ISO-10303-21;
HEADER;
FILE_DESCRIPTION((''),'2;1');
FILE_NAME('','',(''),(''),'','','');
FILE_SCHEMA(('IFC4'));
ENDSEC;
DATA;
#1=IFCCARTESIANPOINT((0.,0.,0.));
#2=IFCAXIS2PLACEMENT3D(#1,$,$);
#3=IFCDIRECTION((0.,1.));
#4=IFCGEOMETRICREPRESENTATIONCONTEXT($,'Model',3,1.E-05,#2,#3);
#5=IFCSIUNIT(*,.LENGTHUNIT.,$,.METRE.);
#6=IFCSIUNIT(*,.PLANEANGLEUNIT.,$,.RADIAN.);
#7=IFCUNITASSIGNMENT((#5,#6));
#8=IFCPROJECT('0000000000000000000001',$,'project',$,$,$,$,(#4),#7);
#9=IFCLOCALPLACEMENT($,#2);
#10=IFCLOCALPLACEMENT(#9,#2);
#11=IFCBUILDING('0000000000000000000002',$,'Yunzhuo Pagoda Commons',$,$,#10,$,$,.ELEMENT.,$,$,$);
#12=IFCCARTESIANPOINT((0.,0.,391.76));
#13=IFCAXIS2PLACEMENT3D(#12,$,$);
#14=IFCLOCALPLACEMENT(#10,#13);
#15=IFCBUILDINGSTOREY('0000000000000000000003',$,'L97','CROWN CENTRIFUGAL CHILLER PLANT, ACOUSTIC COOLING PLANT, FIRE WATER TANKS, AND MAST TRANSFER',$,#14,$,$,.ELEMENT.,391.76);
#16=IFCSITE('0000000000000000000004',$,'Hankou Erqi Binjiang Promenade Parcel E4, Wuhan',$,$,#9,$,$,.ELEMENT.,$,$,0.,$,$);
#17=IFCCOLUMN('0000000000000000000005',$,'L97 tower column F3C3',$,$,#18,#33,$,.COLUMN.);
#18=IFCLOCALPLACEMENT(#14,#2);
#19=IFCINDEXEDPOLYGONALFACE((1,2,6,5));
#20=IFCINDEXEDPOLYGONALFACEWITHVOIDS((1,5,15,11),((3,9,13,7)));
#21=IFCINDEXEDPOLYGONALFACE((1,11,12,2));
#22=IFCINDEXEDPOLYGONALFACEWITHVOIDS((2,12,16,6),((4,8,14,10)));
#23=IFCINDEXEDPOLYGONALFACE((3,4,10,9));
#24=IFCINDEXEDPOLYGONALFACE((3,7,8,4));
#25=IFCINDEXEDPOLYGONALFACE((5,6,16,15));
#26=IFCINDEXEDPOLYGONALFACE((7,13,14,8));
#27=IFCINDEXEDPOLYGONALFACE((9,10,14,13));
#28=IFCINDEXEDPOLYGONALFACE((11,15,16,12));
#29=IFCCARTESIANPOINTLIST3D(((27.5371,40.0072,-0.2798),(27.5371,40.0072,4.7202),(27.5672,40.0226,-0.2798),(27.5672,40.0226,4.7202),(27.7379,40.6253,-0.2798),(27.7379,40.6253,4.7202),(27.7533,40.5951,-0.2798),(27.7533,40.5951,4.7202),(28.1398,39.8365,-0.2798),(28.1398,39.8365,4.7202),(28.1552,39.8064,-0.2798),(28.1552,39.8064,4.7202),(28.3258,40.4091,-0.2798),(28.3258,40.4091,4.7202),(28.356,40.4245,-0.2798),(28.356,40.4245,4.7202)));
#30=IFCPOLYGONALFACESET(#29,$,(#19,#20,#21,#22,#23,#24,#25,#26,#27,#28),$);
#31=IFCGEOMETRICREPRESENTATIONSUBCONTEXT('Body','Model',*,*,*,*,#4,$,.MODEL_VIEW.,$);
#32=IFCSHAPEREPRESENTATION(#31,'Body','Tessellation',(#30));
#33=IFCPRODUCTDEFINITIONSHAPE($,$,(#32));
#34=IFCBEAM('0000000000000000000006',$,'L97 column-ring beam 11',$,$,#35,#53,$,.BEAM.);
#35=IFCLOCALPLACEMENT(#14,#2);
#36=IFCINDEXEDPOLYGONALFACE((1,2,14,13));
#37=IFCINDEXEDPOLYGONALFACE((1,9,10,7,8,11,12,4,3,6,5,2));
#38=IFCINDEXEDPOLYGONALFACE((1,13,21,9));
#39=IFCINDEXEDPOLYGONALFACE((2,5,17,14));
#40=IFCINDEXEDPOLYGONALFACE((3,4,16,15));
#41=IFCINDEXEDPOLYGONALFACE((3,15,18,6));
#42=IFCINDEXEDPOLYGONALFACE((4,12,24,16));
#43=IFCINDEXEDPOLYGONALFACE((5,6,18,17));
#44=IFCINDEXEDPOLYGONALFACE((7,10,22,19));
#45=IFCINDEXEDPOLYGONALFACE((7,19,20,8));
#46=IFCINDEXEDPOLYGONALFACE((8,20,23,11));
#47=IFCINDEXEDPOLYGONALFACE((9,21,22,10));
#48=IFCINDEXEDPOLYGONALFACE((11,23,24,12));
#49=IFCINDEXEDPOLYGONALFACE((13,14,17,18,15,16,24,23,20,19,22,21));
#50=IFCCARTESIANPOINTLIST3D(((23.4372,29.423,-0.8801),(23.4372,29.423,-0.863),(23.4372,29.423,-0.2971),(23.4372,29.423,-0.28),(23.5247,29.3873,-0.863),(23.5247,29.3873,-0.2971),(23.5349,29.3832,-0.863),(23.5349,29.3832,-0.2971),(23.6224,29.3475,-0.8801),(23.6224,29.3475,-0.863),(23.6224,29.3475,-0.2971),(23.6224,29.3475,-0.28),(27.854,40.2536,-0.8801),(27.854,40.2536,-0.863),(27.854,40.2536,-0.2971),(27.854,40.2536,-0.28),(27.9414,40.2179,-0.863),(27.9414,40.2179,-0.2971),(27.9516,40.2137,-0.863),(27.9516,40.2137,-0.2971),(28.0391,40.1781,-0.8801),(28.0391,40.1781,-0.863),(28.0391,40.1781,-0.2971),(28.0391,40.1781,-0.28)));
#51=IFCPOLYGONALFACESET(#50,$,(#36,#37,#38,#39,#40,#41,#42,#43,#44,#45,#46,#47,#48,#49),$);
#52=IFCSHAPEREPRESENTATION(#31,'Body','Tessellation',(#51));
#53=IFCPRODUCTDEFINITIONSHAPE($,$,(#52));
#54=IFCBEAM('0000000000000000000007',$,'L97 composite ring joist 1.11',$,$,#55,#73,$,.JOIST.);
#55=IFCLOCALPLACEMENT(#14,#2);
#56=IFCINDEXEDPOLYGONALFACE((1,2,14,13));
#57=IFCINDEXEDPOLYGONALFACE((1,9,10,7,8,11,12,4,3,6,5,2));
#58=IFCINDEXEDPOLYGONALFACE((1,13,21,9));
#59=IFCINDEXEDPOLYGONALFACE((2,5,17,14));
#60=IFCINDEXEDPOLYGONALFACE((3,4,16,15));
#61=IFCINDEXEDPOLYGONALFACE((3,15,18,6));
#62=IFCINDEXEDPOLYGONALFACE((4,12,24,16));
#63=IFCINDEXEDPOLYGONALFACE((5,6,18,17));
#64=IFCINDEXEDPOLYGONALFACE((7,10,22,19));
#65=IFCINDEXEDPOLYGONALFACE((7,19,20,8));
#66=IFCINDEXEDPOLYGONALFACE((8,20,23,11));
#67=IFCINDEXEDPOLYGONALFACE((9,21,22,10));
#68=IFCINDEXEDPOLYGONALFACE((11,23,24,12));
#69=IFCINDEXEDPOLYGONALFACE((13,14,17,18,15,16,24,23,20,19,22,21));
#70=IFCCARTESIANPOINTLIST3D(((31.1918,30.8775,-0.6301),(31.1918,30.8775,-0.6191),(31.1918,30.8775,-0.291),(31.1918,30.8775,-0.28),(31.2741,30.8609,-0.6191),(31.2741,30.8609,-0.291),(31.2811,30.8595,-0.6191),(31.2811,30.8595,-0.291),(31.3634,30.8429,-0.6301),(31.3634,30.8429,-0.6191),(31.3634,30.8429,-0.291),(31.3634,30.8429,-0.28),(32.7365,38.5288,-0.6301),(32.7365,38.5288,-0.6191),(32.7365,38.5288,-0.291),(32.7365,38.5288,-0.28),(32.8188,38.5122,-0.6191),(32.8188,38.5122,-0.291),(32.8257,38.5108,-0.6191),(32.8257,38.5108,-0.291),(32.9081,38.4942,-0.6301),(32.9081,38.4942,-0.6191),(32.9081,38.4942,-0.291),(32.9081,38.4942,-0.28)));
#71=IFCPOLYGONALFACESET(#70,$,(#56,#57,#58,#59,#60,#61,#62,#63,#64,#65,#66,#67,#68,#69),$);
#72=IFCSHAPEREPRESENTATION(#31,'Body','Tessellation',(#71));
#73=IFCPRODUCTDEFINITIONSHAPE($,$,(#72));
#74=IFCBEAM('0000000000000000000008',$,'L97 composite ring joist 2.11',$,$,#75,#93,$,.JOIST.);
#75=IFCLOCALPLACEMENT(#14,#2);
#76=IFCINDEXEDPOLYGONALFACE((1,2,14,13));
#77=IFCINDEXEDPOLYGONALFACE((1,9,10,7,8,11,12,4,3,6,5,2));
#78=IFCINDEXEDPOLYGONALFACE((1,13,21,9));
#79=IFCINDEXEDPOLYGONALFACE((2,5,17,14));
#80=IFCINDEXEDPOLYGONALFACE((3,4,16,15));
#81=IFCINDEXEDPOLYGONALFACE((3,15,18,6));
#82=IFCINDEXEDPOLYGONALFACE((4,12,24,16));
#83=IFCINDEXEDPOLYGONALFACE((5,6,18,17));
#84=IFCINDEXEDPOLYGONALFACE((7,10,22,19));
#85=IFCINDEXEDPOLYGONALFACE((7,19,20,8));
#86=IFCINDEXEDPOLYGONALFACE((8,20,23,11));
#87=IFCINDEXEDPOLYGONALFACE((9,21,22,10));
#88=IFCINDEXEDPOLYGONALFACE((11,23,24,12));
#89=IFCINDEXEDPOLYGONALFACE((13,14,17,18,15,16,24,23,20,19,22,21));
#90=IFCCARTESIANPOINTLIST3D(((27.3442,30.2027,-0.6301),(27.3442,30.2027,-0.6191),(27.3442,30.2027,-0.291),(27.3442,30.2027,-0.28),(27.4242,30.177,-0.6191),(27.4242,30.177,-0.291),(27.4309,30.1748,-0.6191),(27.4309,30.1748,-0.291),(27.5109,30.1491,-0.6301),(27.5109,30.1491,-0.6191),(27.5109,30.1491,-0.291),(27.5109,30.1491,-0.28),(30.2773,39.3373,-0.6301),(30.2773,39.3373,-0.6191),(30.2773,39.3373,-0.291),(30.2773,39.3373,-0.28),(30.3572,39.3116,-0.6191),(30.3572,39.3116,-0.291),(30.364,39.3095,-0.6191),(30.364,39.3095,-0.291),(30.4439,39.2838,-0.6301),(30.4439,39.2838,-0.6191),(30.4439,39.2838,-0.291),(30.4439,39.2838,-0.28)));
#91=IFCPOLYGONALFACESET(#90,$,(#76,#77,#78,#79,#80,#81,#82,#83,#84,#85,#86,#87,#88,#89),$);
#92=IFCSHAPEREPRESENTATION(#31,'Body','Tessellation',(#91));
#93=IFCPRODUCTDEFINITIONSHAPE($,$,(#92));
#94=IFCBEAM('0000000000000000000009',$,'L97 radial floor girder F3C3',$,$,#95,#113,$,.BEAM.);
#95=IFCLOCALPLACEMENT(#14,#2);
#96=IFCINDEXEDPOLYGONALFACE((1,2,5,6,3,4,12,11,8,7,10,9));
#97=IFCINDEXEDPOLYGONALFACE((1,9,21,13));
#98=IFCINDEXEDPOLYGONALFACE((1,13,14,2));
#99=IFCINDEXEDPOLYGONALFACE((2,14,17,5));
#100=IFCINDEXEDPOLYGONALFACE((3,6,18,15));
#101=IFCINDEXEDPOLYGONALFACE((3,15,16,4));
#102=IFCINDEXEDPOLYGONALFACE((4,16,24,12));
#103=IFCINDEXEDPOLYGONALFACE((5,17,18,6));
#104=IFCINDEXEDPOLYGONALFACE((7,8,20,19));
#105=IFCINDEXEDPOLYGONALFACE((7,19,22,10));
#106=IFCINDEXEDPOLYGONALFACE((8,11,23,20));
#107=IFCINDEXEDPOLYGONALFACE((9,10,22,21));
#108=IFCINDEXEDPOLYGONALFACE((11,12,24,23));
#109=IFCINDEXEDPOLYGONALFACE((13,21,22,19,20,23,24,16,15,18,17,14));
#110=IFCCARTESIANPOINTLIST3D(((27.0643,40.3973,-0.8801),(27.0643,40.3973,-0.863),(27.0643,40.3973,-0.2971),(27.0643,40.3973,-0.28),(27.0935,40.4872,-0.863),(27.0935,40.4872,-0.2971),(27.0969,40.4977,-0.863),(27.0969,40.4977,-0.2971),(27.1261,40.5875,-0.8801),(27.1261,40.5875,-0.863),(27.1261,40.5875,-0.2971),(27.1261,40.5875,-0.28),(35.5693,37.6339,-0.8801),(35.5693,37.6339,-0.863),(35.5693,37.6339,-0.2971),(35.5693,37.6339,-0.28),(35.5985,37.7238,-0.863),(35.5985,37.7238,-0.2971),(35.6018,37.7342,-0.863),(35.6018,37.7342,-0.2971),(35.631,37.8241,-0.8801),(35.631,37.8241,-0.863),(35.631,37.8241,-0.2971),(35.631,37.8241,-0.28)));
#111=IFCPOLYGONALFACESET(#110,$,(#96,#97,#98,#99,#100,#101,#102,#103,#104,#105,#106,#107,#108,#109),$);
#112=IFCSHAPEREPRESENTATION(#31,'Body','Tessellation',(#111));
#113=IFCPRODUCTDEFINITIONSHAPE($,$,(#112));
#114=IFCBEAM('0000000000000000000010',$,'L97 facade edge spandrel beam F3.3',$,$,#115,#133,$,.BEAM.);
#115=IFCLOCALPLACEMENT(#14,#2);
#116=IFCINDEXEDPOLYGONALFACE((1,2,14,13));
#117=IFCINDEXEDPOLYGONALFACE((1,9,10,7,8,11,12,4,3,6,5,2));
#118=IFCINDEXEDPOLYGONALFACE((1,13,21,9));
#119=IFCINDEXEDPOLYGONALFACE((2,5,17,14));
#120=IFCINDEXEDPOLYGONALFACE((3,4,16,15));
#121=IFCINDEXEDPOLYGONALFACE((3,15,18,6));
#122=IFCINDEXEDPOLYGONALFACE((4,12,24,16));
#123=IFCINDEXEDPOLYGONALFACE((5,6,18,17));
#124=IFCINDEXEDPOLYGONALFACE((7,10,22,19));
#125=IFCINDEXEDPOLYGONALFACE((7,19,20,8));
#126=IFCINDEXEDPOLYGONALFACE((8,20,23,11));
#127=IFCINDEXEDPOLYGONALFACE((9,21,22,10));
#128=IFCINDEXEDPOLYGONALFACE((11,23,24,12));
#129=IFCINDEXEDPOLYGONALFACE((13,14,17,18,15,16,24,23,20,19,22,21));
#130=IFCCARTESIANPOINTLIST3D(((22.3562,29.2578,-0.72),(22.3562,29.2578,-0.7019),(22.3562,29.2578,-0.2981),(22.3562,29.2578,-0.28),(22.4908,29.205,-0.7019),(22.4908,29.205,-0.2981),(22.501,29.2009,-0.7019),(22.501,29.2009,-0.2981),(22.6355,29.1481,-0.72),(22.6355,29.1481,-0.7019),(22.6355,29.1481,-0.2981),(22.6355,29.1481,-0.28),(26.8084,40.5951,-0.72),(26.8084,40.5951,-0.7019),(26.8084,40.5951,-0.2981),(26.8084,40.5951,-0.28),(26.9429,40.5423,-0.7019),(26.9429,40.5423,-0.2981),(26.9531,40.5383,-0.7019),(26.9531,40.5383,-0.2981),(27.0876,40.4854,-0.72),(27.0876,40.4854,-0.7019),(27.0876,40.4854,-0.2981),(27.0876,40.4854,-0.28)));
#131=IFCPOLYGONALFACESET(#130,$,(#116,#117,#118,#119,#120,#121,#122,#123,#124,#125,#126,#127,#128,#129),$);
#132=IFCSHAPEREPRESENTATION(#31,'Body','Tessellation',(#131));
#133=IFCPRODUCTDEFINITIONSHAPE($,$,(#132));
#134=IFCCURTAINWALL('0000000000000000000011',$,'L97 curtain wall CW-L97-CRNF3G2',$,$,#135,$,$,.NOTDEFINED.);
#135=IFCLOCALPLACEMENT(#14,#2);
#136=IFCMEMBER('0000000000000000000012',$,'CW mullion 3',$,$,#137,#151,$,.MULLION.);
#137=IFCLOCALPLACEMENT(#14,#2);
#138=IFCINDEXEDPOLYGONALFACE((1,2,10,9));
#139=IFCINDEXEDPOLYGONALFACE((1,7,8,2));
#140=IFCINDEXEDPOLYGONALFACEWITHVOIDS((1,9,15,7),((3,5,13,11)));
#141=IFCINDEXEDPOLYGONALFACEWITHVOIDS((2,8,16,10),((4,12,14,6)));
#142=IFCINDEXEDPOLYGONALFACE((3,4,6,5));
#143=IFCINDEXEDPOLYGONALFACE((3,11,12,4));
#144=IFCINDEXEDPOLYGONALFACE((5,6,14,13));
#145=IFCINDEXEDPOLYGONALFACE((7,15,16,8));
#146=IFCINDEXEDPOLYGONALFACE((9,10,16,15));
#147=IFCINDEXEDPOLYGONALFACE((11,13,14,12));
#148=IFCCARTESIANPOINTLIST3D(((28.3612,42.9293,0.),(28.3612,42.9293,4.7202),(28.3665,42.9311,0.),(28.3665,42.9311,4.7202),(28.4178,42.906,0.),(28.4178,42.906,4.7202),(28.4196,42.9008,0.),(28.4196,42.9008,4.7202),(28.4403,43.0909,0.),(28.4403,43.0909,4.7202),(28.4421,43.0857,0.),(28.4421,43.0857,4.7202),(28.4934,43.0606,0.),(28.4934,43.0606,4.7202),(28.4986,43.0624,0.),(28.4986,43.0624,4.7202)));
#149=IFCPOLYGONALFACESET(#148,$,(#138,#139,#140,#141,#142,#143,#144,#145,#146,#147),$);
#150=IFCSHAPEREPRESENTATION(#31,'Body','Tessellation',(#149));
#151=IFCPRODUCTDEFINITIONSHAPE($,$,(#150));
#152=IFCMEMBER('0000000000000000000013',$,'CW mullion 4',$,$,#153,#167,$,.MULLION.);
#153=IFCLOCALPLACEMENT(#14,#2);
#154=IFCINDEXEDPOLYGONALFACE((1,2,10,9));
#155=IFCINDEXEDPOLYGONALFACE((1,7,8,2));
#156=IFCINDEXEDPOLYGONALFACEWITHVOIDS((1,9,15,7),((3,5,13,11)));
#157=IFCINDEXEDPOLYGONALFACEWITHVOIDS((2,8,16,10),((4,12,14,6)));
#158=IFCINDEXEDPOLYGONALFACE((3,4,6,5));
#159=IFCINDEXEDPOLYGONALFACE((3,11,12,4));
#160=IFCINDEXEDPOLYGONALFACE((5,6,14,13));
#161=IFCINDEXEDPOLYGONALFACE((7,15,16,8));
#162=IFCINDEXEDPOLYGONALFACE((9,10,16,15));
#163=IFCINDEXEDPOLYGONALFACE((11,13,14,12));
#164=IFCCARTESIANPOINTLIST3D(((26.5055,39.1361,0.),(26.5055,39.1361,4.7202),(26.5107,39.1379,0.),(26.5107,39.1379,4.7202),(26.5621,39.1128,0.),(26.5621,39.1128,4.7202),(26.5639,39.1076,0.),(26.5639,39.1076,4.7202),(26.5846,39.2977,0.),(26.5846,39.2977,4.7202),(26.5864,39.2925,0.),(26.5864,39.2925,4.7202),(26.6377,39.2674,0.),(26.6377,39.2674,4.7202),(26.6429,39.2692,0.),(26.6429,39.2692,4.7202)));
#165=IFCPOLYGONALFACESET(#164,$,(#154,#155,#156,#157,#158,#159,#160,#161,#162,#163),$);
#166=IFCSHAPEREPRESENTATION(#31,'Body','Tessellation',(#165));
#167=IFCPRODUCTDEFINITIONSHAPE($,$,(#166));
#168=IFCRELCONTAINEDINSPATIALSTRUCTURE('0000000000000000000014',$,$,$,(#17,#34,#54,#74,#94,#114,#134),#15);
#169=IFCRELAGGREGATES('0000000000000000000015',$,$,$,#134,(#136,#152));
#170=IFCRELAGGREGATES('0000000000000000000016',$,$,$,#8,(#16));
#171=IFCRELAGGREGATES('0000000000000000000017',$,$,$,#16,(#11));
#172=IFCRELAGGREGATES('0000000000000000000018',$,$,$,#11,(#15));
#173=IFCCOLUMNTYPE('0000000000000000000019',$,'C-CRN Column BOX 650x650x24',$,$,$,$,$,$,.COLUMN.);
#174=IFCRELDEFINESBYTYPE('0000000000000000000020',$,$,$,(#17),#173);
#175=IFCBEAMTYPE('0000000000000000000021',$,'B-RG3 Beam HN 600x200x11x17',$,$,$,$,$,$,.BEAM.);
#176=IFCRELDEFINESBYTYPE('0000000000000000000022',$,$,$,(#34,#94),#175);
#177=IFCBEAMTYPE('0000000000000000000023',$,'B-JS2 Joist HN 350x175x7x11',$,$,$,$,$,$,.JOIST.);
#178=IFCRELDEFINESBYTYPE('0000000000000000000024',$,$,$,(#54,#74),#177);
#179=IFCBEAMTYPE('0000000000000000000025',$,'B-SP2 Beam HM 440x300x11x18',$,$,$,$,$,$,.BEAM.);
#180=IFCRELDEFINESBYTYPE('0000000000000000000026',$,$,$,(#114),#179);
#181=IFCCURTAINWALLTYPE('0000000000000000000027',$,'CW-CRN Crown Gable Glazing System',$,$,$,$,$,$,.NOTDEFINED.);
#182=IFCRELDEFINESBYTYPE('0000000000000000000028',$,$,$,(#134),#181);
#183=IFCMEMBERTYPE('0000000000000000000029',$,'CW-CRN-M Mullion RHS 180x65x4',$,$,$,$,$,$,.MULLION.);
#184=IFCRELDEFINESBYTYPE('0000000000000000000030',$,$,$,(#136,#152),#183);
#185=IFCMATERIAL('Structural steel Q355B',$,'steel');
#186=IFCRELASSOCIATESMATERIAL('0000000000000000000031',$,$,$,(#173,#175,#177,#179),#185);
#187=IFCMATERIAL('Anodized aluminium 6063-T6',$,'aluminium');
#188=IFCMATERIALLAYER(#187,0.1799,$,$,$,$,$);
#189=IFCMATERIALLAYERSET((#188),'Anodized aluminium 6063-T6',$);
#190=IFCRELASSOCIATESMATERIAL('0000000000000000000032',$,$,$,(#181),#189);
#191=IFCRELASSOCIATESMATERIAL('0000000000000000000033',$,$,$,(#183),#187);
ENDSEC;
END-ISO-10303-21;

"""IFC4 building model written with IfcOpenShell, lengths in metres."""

from ifc_helpers import new_model, si_unit, direction, frame, origin, origin_2d, place, context, subcontext, project, spatial, hollow_rectangle, i_section, extrude, source, transform, mapped, material, layer, layer_set, material_profile, profile_set, type_object, element, aggregate, save


model = new_model("IFC4")

# Units and contexts
model_context = context("Model", 3, precision=1e-05, world=origin(), true_north=direction((0.0, 1.0)))
body_context = subcontext(model_context, "Body", "Model", "MODEL_VIEW")
ifc_project = project(units=[si_unit("LENGTHUNIT", "METRE"), si_unit("PLANEANGLEUNIT", "RADIAN")], contexts=[model_context])

# Site, building, storey
site_placement = place(None, origin())
site = spatial("IfcSite", under=ifc_project, at=site_placement, Name="Hankou Erqi Binjiang Promenade Parcel E4, Wuhan", CompositionType="ELEMENT", RefElevation=0.0)
building_placement = place(site_placement, origin())
building = spatial("IfcBuilding", under=site, at=building_placement, Name="Yunzhuo Pagoda Commons", CompositionType="ELEMENT")
storey_placement = place(building_placement, frame((0.0, 0.0, 391.76)))
storey = spatial("IfcBuildingStorey", under=building, at=storey_placement, Name="L97", Description="CROWN CENTRIFUGAL CHILLER PLANT, ACOUSTIC COOLING PLANT, FIRE WATER TANKS, AND MAST TRANSFER", CompositionType="ELEMENT", Elevation=391.76)

# Column
ifc_material_1 = material(Name="Structural steel Q355B", Category="steel")
ifc_material_profile_1 = material_profile(ifc_material_1, hollow_rectangle(XDim=0.6499, YDim=0.6499, WallThickness=0.0239, at=origin_2d()), Name="Structural steel Q355B")
ifc_profile_set_1 = profile_set([ifc_material_profile_1], Name="Structural steel Q355B")
column_type = type_object("IfcColumnType", Name="C-CRN Column BOX 650x650x24", PredefinedType="COLUMN", material=ifc_profile_set_1)
shared_shape_1 = source(origin(), body_context, "Body", "SweptSolid", [
    extrude(hollow_rectangle(XDim=0.6499, YDim=0.6499, WallThickness=0.0239, at=origin_2d()), origin(), (0.0, 0.0, 1.0), 5.0),
])
column_placement = place(storey_placement, frame((27.9465, 40.2158, -0.2798), z_axis=(0.0, 0.0, 1.0), x_axis=(-0.309017, -0.951057, 0.0)))
element("IfcColumn", 1, at=column_placement, inside=storey, type_object=column_type, Name="L97 tower column F3C3", PredefinedType="COLUMN", context=body_context, shape_type="MappedRepresentation", body=[
    mapped(shared_shape_1, transform((0.0, 0.0, 0.0), scale=1.0)),
])

# Beams
ifc_material_profile_2 = material_profile(ifc_material_1, i_section(OverallWidth=0.2, OverallDepth=0.6001, WebThickness=0.011, FlangeThickness=0.0171, at=origin_2d()), Name="Structural steel Q355B")
ifc_profile_set_2 = profile_set([ifc_material_profile_2], Name="Structural steel Q355B")
beam_type_1 = type_object("IfcBeamType", Name="B-RG3 Beam HN 600x200x11x17", PredefinedType="BEAM", material=ifc_profile_set_2)
shared_shape_2 = source(origin(), body_context, "Body", "SweptSolid", [
    extrude(i_section(OverallWidth=0.2, OverallDepth=0.6001, WebThickness=0.011, FlangeThickness=0.0171, at=origin_2d()), origin(), (0.0, 0.0, 1.0), 11.6965),
])
beam_1_placement = place(storey_placement, frame((27.9465, 40.2158, -0.5801), z_axis=(-0.377612, -0.925964, 0.0), x_axis=(0.925964, -0.377612, 0.0)))
element("IfcBeam", 2, at=beam_1_placement, inside=storey, type_object=beam_type_1, Name="L97 column-ring beam 11", PredefinedType="BEAM", context=body_context, shape_type="MappedRepresentation", body=[
    mapped(shared_shape_2, transform((0.0, 0.0, 0.0), scale=1.0)),
])
ifc_material_profile_3 = material_profile(ifc_material_1, i_section(OverallWidth=0.175, OverallDepth=0.3501, WebThickness=0.0071, FlangeThickness=0.011, at=origin_2d()), Name="Structural steel Q355B")
ifc_profile_set_3 = profile_set([ifc_material_profile_3], Name="Structural steel Q355B")
beam_type_2 = type_object("IfcBeamType", Name="B-JS2 Joist HN 350x175x7x11", PredefinedType="JOIST", material=ifc_profile_set_3)
shared_shape_3 = source(origin(), body_context, "Body", "SweptSolid", [
    extrude(i_section(OverallWidth=0.175, OverallDepth=0.3501, WebThickness=0.0071, FlangeThickness=0.011, at=origin_2d()), origin(), (0.0, 0.0, 1.0), 7.8057),
])
beam_2_placement = place(storey_placement, frame((32.8223, 38.5115, -0.4551), z_axis=(-0.19789, -0.980224, 0.0), x_axis=(0.980224, -0.19789, 0.0)))
element("IfcBeam", 3, at=beam_2_placement, inside=storey, type_object=beam_type_2, Name="L97 composite ring joist 1.11", PredefinedType="JOIST", context=body_context, shape_type="MappedRepresentation", body=[
    mapped(shared_shape_3, transform((0.0, 0.0, 0.0), scale=1.0)),
])
shared_shape_4 = source(origin(), body_context, "Body", "SweptSolid", [
    extrude(i_section(OverallWidth=0.175, OverallDepth=0.3501, WebThickness=0.0071, FlangeThickness=0.011, at=origin_2d()), origin(), (0.0, 0.0, 1.0), 9.594),
])
beam_3_placement = place(storey_placement, frame((30.3606, 39.3105, -0.4551), z_axis=(-0.305719, -0.952122, 0.0), x_axis=(0.952122, -0.305719, 0.0)))
element("IfcBeam", 4, at=beam_3_placement, inside=storey, type_object=beam_type_2, Name="L97 composite ring joist 2.11", PredefinedType="JOIST", context=body_context, shape_type="MappedRepresentation", body=[
    mapped(shared_shape_4, transform((0.0, 0.0, 0.0), scale=1.0)),
])
shared_shape_5 = source(origin(), body_context, "Body", "SweptSolid", [
    extrude(i_section(OverallWidth=0.2, OverallDepth=0.6001, WebThickness=0.011, FlangeThickness=0.0171, at=origin_2d()), origin(), (0.0, 0.0, 1.0), 8.9426),
])
beam_4_placement = place(storey_placement, frame((27.0952, 40.4924, -0.5801), z_axis=(0.951056, -0.309019, 0.0), x_axis=(0.309019, 0.951056, 0.0)))
element("IfcBeam", 5, at=beam_4_placement, inside=storey, type_object=beam_type_1, Name="L97 radial floor girder F3C3", PredefinedType="BEAM", context=body_context, shape_type="MappedRepresentation", body=[
    mapped(shared_shape_5, transform((0.0, 0.0, 0.0), scale=1.0)),
])
ifc_material_profile_4 = material_profile(ifc_material_1, i_section(OverallWidth=0.3, OverallDepth=0.4399, WebThickness=0.011, FlangeThickness=0.0181, at=origin_2d()), Name="Structural steel Q355B")
ifc_profile_set_4 = profile_set([ifc_material_profile_4], Name="Structural steel Q355B")
beam_type_3 = type_object("IfcBeamType", Name="B-SP2 Beam HM 440x300x11x18", PredefinedType="BEAM", material=ifc_profile_set_4)
shared_shape_6 = source(origin(), body_context, "Body", "SweptSolid", [
    extrude(i_section(OverallWidth=0.3, OverallDepth=0.4399, WebThickness=0.011, FlangeThickness=0.0181, at=origin_2d()), origin(), (0.0, 0.0, 1.0), 12.1802),
])
beam_5_placement = place(storey_placement, frame((26.948, 40.5403, -0.5), z_axis=(-0.365522, -0.930803, 0.0), x_axis=(0.930803, -0.365522, 0.0)))
element("IfcBeam", 6, at=beam_5_placement, inside=storey, type_object=beam_type_3, Name="L97 facade edge spandrel beam F3.3", PredefinedType="BEAM", context=body_context, shape_type="MappedRepresentation", body=[
    mapped(shared_shape_6, transform((0.0, 0.0, 0.0), scale=1.0)),
])

# Curtain wall, members
ifc_material_2 = material(Name="Anodized aluminium 6063-T6", Category="aluminium")
ifc_layer_1 = layer(ifc_material_2, 0.1799)
ifc_layer_set_1 = layer_set([ifc_layer_1], Name="Anodized aluminium 6063-T6")
curtain_wall_type = type_object("IfcCurtainWallType", Name="CW-CRN Crown Gable Glazing System", PredefinedType="NOTDEFINED", material=ifc_layer_set_1)
curtain_wall_placement = place(storey_placement, origin())
curtain_wall = element("IfcCurtainWall", 7, at=curtain_wall_placement, inside=storey, type_object=curtain_wall_type, Name="L97 curtain wall CW-L97-CRNF3G2", PredefinedType="NOTDEFINED")
ifc_material_profile_5 = material_profile(ifc_material_2, hollow_rectangle(XDim=0.0649, YDim=0.1799, WallThickness=0.0039, at=origin_2d()), Name="Anodized aluminium 6063-T6")
ifc_profile_set_5 = profile_set([ifc_material_profile_5], Name="Anodized aluminium 6063-T6")
member_type_1 = type_object("IfcMemberType", Name="CW-CRN-M Mullion RHS 180x65x4", PredefinedType="MULLION", material=ifc_profile_set_5)
shared_shape_7 = source(origin(), body_context, "Body", "SweptSolid", [
    extrude(hollow_rectangle(XDim=0.0649, YDim=0.1799, WallThickness=0.0039, at=origin_2d()), origin(), (0.0, 0.0, 1.0), 4.7202),
])
member_1_placement = place(storey_placement, frame((28.4299, 42.9958, 0.0), z_axis=(0.0, 0.0, 1.0), x_axis=(0.898299, -0.439384, 0.0)))
member_1 = element("IfcMember", 8, at=member_1_placement, type_object=member_type_1, Name="CW mullion 3", PredefinedType="MULLION", context=body_context, shape_type="MappedRepresentation", body=[
    mapped(shared_shape_7, transform((0.0, 0.0, 0.0), scale=1.0)),
])
member_2_placement = place(storey_placement, frame((26.5742, 39.2026, 0.0), z_axis=(0.0, 0.0, 1.0), x_axis=(0.898299, -0.439384, 0.0)))
member_2 = element("IfcMember", 9, at=member_2_placement, type_object=member_type_1, Name="CW mullion 4", PredefinedType="MULLION", context=body_context, shape_type="MappedRepresentation", body=[
    mapped(shared_shape_7, transform((0.0, 0.0, 0.0), scale=1.0)),
])
aggregate(curtain_wall, [member_1, member_2])

save(model, "model.ifc")
